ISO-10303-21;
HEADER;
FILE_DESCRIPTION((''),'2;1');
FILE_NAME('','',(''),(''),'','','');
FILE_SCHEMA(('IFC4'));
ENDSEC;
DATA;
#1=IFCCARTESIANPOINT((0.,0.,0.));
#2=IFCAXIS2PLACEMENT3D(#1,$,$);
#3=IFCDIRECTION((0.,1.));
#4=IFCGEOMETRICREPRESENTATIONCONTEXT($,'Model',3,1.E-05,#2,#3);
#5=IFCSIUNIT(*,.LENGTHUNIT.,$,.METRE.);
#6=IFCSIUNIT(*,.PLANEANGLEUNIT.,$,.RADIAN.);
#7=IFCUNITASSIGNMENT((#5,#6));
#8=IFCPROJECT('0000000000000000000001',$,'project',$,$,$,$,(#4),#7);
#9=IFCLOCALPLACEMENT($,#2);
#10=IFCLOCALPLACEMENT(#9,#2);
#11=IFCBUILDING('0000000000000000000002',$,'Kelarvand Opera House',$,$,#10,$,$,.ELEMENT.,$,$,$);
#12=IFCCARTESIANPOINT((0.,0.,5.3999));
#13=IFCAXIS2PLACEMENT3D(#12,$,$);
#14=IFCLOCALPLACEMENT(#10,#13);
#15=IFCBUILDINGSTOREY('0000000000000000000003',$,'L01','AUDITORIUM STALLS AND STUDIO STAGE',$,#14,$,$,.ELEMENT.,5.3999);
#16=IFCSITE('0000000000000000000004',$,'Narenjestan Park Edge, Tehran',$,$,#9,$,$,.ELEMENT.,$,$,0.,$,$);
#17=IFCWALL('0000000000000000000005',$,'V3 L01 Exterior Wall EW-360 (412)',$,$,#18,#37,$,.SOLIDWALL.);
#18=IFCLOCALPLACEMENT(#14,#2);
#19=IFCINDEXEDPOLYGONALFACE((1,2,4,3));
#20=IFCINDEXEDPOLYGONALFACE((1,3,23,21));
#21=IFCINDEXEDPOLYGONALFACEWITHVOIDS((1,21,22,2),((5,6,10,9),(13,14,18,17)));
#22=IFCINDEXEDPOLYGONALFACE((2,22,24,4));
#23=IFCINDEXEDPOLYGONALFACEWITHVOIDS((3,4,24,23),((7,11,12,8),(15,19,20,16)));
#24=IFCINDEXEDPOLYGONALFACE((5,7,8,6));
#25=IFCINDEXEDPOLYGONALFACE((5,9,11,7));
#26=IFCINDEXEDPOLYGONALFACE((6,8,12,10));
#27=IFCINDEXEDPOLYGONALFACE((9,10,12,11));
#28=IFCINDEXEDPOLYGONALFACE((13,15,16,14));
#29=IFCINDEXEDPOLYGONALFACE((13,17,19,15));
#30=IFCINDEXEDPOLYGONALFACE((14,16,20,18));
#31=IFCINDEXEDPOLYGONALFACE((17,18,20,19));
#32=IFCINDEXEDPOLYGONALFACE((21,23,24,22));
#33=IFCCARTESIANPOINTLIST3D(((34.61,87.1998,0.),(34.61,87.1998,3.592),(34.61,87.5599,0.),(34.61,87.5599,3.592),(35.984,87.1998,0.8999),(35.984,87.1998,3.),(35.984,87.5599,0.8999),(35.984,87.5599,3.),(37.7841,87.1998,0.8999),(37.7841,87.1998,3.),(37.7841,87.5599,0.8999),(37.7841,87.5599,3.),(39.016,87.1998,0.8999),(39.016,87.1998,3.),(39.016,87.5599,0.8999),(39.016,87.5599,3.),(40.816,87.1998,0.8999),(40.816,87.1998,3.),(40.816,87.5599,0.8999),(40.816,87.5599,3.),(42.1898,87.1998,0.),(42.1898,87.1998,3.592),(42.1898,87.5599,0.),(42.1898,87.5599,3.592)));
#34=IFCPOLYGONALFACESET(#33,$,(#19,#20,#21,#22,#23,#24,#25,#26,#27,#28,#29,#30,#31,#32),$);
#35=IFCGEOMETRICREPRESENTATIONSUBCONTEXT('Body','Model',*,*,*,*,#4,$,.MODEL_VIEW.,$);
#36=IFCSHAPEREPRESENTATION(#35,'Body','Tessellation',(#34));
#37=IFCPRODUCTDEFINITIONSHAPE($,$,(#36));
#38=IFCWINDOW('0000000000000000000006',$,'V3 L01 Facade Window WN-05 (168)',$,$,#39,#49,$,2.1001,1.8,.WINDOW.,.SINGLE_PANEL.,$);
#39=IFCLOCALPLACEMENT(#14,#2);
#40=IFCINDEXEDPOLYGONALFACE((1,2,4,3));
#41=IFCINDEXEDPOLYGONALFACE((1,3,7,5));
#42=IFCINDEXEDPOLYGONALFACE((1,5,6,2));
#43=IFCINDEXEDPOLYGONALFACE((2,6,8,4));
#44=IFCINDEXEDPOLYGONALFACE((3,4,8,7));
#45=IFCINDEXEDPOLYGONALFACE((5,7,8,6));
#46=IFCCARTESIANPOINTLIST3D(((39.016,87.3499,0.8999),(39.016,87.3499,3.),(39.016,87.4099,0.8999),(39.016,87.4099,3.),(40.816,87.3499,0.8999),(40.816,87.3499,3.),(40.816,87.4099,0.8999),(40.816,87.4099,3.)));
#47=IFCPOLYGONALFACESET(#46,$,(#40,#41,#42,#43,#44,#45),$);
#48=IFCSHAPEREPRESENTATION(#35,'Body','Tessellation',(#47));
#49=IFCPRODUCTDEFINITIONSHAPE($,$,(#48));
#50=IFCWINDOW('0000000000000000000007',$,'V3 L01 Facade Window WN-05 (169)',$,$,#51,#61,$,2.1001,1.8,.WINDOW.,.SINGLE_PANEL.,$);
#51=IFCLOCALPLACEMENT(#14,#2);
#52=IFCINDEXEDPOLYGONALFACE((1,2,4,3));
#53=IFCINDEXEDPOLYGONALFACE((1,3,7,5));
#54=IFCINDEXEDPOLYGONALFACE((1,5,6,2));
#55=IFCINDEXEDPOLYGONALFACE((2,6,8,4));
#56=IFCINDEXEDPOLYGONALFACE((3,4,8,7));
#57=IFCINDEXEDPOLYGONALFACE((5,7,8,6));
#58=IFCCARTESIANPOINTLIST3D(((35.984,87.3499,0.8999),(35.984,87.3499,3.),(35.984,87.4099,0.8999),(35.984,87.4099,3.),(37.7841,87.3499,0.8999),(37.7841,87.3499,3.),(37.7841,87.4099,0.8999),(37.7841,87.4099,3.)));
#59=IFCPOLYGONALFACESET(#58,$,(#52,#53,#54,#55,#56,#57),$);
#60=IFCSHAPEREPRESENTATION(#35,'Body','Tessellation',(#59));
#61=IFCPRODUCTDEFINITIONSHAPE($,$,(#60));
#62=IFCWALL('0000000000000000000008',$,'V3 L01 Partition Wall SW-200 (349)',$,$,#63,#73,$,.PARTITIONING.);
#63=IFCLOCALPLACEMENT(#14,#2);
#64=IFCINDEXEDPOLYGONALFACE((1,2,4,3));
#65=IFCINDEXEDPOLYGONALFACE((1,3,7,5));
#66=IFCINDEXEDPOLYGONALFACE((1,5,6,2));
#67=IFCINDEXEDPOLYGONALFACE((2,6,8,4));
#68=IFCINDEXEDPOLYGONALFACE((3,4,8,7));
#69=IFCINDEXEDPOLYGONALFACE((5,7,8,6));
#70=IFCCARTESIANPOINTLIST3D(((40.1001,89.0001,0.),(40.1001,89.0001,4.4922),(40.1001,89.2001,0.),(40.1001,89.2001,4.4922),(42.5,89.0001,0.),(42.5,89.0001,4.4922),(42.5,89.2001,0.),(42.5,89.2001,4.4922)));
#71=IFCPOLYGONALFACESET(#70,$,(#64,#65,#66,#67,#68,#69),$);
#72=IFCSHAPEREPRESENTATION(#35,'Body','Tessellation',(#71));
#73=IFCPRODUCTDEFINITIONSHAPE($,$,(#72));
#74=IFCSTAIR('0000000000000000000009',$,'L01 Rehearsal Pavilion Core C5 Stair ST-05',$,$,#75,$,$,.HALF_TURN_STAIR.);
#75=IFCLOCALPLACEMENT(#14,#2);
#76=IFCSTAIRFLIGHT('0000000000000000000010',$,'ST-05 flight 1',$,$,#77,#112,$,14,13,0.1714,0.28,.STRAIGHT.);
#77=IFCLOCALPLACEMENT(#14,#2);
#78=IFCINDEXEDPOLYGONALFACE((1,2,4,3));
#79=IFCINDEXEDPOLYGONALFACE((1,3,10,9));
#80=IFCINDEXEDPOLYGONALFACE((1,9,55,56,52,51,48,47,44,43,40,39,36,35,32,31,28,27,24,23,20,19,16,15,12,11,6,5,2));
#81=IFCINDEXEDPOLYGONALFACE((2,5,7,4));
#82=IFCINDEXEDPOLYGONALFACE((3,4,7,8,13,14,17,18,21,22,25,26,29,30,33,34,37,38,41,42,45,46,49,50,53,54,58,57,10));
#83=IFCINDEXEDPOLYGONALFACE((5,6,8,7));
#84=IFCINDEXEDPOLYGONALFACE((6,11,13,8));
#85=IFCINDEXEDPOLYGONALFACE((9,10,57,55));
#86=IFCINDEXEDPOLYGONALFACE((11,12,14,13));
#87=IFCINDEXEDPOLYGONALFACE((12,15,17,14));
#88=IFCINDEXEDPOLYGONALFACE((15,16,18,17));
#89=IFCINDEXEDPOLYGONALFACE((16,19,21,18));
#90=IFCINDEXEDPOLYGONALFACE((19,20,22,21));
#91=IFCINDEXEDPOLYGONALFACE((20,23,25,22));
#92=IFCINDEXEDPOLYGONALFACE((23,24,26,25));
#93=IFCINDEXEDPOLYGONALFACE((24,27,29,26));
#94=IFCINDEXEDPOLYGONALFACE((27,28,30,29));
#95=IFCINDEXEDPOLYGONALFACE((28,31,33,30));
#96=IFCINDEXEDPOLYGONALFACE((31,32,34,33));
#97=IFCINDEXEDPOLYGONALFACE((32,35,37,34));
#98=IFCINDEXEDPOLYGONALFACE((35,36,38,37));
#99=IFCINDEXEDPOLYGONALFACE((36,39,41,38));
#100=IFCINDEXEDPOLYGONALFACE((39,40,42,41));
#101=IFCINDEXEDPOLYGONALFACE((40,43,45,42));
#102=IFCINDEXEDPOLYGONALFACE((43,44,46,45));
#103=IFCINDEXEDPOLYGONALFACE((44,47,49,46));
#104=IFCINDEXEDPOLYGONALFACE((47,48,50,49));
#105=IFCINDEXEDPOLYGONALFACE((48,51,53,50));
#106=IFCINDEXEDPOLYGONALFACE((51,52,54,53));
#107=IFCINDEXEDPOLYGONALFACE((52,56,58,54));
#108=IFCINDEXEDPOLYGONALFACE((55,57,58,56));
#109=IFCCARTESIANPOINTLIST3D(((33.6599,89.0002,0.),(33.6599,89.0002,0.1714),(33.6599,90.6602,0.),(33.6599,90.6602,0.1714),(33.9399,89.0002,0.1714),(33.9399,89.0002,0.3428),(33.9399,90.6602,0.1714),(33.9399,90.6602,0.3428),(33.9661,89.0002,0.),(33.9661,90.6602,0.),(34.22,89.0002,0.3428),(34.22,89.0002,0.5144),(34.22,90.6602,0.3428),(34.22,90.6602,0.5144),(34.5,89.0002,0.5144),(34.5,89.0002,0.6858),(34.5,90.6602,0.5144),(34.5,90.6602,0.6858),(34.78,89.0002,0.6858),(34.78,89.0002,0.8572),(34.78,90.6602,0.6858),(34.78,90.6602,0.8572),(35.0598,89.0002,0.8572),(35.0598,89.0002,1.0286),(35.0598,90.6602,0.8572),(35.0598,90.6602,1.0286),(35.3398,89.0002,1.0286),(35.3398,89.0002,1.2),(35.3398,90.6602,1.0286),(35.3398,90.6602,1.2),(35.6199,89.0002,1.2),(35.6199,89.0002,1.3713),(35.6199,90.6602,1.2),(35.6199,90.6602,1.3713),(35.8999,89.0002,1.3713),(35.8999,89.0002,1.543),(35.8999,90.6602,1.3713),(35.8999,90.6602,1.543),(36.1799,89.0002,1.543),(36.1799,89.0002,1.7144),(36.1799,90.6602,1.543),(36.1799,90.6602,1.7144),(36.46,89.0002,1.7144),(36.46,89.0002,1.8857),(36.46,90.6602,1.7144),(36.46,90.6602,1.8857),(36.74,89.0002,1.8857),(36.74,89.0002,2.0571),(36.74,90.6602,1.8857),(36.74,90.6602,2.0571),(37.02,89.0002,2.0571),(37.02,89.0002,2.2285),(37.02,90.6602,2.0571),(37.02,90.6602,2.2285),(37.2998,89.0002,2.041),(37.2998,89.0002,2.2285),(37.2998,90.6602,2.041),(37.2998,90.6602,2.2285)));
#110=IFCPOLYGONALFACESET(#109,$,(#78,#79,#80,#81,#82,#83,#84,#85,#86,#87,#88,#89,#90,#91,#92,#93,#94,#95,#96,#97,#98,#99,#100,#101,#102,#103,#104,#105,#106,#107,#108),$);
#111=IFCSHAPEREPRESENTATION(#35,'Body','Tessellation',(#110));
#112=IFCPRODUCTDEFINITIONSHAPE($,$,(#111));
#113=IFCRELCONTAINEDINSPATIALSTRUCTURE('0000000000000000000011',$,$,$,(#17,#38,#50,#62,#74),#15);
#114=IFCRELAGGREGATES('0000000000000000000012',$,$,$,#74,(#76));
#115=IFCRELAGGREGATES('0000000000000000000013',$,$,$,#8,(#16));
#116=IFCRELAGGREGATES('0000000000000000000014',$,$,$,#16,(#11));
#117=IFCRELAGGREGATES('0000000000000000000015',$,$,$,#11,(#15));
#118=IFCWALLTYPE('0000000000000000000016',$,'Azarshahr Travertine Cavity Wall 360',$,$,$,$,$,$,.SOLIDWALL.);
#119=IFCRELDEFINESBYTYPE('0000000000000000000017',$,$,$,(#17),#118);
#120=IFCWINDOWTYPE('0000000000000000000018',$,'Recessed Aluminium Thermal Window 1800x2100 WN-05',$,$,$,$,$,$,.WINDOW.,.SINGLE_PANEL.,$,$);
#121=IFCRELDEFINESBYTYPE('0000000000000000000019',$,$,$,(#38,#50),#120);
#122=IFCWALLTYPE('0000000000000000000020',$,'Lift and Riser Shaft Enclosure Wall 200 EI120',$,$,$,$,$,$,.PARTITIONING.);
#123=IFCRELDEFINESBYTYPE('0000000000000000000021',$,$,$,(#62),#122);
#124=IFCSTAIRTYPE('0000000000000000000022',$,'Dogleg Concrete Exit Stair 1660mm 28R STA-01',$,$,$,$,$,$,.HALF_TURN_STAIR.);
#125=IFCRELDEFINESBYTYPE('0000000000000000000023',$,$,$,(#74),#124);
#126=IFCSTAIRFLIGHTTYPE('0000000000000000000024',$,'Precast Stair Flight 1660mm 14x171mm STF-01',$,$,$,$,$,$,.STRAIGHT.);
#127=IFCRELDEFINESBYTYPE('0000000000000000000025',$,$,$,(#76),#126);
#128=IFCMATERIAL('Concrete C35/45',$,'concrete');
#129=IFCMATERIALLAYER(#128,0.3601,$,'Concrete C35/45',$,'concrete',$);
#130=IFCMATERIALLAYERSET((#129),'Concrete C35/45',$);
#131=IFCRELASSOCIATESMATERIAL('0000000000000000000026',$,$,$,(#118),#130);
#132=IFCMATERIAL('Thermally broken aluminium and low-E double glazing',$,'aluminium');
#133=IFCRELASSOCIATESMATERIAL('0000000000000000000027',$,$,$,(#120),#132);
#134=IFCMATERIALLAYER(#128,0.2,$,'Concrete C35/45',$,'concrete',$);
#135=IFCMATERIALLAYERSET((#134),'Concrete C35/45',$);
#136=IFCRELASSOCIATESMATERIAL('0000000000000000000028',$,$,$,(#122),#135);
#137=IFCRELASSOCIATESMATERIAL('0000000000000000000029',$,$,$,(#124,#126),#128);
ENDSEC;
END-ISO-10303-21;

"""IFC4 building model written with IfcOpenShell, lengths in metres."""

from ifc_helpers import new_model, si_unit, direction, frame, frame_2d, origin, place, context, subcontext, project, spatial, polyline, rectangle, outline, extrude, material, layer, layer_set, type_object, element, fill, aggregate, save


model = new_model("IFC4")

# Units and contexts
model_context = context("Model", 3, precision=1e-05, world=origin(), true_north=direction((0.0, 1.0)))
body_context = subcontext(model_context, "Body", "Model", "MODEL_VIEW")
ifc_project = project(units=[si_unit("LENGTHUNIT", "METRE"), si_unit("PLANEANGLEUNIT", "RADIAN")], contexts=[model_context])

# Site, building, storey
site_placement = place(None, origin())
site = spatial("IfcSite", under=ifc_project, at=site_placement, Name="Narenjestan Park Edge, Tehran", CompositionType="ELEMENT", RefElevation=0.0)
building_placement = place(site_placement, origin())
building = spatial("IfcBuilding", under=site, at=building_placement, Name="Kelarvand Opera House", CompositionType="ELEMENT")
storey_placement = place(building_placement, frame((0.0, 0.0, 5.3999)))
storey = spatial("IfcBuildingStorey", under=building, at=storey_placement, Name="L01", Description="AUDITORIUM STALLS AND STUDIO STAGE", CompositionType="ELEMENT", Elevation=5.3999)

# Shared definitions
ifc_material_1 = material(Name="Concrete C35/45", Category="concrete")

# Wall, openings, windows
ifc_layer_1 = layer(ifc_material_1, 0.3601, Name="Concrete C35/45", Category="concrete")
ifc_layer_set_1 = layer_set([ifc_layer_1], Name="Concrete C35/45")
wall_type_1 = type_object("IfcWallType", Name="Azarshahr Travertine Cavity Wall 360", PredefinedType="SOLIDWALL", material=ifc_layer_set_1)
wall_1_placement = place(storey_placement, frame((42.1899, 87.3799, 0.0), z_axis=(0.0, 0.0, 1.0), x_axis=(-1.0, 0.0, 0.0)))
wall_1 = element("IfcWall", 1, at=wall_1_placement, inside=storey, type_object=wall_type_1, Name="V3 L01 Exterior Wall EW-360 (412)", PredefinedType="SOLIDWALL", context=body_context, shape_type="SweptSolid", body=[
    extrude(rectangle(XDim=7.5798, YDim=0.3601, at=frame_2d((3.79, 0.0))), origin(), (0.0, 0.0, 1.0), 3.592),
])
opening_1_placement = place(wall_1_placement, frame((1.374, 0.0, 0.8999)))
opening_1 = element("IfcOpeningElement", 2, at=opening_1_placement, cuts=wall_1, PredefinedType="OPENING", context=body_context, shape_type="SweptSolid", body=[
    extrude(rectangle(XDim=1.8, YDim=2.1001, at=frame_2d((0.8999, 1.05))), frame((0.0, 0.1899, 0.0), z_axis=(0.0, -1.0, 0.0), x_axis=(1.0, 0.0, 0.0)), (0.0, 0.0, 1.0), 0.3801),
])
opening_2_placement = place(wall_1_placement, frame((4.406, 0.0, 0.8999)))
opening_2 = element("IfcOpeningElement", 3, at=opening_2_placement, cuts=wall_1, PredefinedType="OPENING", context=body_context, shape_type="SweptSolid", body=[
    extrude(rectangle(XDim=1.8, YDim=2.1001, at=frame_2d((0.8999, 1.05))), frame((0.0, 0.1899, 0.0), z_axis=(0.0, -1.0, 0.0), x_axis=(1.0, 0.0, 0.0)), (0.0, 0.0, 1.0), 0.3801),
])
ifc_material_2 = material(Name="Thermally broken aluminium and low-E double glazing", Category="aluminium")
window_type = type_object("IfcWindowType", Name="Recessed Aluminium Thermal Window 1800x2100 WN-05", PartitioningType="SINGLE_PANEL", PredefinedType="WINDOW", material=ifc_material_2)
window_1_placement = place(opening_1_placement, origin())
window_1 = element("IfcWindow", 4, at=window_1_placement, inside=storey, type_object=window_type, Name="V3 L01 Facade Window WN-05 (168)", OverallHeight=2.1001, OverallWidth=1.8, PartitioningType="SINGLE_PANEL", PredefinedType="WINDOW", context=body_context, shape_type="SweptSolid", body=[
    extrude(rectangle(XDim=1.8, YDim=2.1001, at=frame_2d((0.8999, 1.05))), frame((0.0, 0.03, 0.0), z_axis=(0.0, -1.0, 0.0), x_axis=(1.0, 0.0, 0.0)), (0.0, 0.0, 1.0), 0.0601),
])
fill(opening_1, window_1)
window_2_placement = place(opening_2_placement, origin())
window_2 = element("IfcWindow", 5, at=window_2_placement, inside=storey, type_object=window_type, Name="V3 L01 Facade Window WN-05 (169)", OverallHeight=2.1001, OverallWidth=1.8, PartitioningType="SINGLE_PANEL", PredefinedType="WINDOW", context=body_context, shape_type="SweptSolid", body=[
    extrude(rectangle(XDim=1.8, YDim=2.1001, at=frame_2d((0.8999, 1.05))), frame((0.0, 0.03, 0.0), z_axis=(0.0, -1.0, 0.0), x_axis=(1.0, 0.0, 0.0)), (0.0, 0.0, 1.0), 0.0601),
])
fill(opening_2, window_2)

# Wall
ifc_layer_2 = layer(ifc_material_1, 0.2, Name="Concrete C35/45", Category="concrete")
ifc_layer_set_2 = layer_set([ifc_layer_2], Name="Concrete C35/45")
wall_type_2 = type_object("IfcWallType", Name="Lift and Riser Shaft Enclosure Wall 200 EI120", PredefinedType="PARTITIONING", material=ifc_layer_set_2)
wall_2_placement = place(storey_placement, frame((40.1001, 89.1001, 0.0), z_axis=(0.0, 0.0, 1.0), x_axis=(1.0, 0.0, 0.0)))
element("IfcWall", 6, at=wall_2_placement, inside=storey, type_object=wall_type_2, Name="V3 L01 Partition Wall SW-200 (349)", PredefinedType="PARTITIONING", context=body_context, shape_type="SweptSolid", body=[
    extrude(rectangle(XDim=2.3999, YDim=0.2, at=frame_2d((1.2, 0.0))), origin(), (0.0, 0.0, 1.0), 4.4922),
])

# Stair, stair flight
stair_type = type_object("IfcStairType", Name="Dogleg Concrete Exit Stair 1660mm 28R STA-01", PredefinedType="HALF_TURN_STAIR", material=ifc_material_1)
stair_placement = place(storey_placement, origin())
stair = element("IfcStair", 7, at=stair_placement, inside=storey, type_object=stair_type, Name="L01 Rehearsal Pavilion Core C5 Stair ST-05", PredefinedType="HALF_TURN_STAIR")
stair_flight_type = type_object("IfcStairFlightType", Name="Precast Stair Flight 1660mm 14x171mm STF-01", PredefinedType="STRAIGHT", material=ifc_material_1)
stair_flight_placement = place(storey_placement, frame((33.6599, 89.8301, 0.0), z_axis=(0.0, 0.0, 1.0), x_axis=(1.0, 0.0, 0.0)))
stair_flight = element("IfcStairFlight", 8, at=stair_flight_placement, type_object=stair_flight_type, Name="ST-05 flight 1", NumberOfRisers=14, NumberOfTreads=13, PredefinedType="STRAIGHT", RiserHeight=0.1714, TreadLength=0.28, context=body_context, shape_type="SweptSolid", body=[
    extrude(outline(polyline([(0.0, 0.0), (0.0, 0.1714), (0.28, 0.1714), (0.28, 0.3428), (0.5601, 0.3428), (0.5601, 0.5144), (0.8401, 0.5144), (0.8401, 0.6858), (1.1201, 0.6858), (1.1201, 0.8572), (1.3999, 0.8572), (1.3999, 1.0286), (1.6799, 1.0286), (1.6799, 1.2), (1.96, 1.2), (1.96, 1.3713), (2.24, 1.3713), (2.24, 1.543), (2.52, 1.543), (2.52, 1.7144), (2.8, 1.7144), (2.8, 1.8857), (3.0801, 1.8857), (3.0801, 2.0571), (3.3601, 2.0571), (3.3601, 2.2285), (3.6399, 2.2285), (3.6399, 2.3999), (3.6399, 2.041), (0.3062, 0.0), (0.0, 0.0)])), frame((0.0, 0.8301, 0.0), z_axis=(0.0, -1.0, 0.0), x_axis=(1.0, 0.0, 0.0)), (0.0, 0.0, 1.0), 1.6599),
])
aggregate(stair, [stair_flight])

save(model, "model.ifc")
